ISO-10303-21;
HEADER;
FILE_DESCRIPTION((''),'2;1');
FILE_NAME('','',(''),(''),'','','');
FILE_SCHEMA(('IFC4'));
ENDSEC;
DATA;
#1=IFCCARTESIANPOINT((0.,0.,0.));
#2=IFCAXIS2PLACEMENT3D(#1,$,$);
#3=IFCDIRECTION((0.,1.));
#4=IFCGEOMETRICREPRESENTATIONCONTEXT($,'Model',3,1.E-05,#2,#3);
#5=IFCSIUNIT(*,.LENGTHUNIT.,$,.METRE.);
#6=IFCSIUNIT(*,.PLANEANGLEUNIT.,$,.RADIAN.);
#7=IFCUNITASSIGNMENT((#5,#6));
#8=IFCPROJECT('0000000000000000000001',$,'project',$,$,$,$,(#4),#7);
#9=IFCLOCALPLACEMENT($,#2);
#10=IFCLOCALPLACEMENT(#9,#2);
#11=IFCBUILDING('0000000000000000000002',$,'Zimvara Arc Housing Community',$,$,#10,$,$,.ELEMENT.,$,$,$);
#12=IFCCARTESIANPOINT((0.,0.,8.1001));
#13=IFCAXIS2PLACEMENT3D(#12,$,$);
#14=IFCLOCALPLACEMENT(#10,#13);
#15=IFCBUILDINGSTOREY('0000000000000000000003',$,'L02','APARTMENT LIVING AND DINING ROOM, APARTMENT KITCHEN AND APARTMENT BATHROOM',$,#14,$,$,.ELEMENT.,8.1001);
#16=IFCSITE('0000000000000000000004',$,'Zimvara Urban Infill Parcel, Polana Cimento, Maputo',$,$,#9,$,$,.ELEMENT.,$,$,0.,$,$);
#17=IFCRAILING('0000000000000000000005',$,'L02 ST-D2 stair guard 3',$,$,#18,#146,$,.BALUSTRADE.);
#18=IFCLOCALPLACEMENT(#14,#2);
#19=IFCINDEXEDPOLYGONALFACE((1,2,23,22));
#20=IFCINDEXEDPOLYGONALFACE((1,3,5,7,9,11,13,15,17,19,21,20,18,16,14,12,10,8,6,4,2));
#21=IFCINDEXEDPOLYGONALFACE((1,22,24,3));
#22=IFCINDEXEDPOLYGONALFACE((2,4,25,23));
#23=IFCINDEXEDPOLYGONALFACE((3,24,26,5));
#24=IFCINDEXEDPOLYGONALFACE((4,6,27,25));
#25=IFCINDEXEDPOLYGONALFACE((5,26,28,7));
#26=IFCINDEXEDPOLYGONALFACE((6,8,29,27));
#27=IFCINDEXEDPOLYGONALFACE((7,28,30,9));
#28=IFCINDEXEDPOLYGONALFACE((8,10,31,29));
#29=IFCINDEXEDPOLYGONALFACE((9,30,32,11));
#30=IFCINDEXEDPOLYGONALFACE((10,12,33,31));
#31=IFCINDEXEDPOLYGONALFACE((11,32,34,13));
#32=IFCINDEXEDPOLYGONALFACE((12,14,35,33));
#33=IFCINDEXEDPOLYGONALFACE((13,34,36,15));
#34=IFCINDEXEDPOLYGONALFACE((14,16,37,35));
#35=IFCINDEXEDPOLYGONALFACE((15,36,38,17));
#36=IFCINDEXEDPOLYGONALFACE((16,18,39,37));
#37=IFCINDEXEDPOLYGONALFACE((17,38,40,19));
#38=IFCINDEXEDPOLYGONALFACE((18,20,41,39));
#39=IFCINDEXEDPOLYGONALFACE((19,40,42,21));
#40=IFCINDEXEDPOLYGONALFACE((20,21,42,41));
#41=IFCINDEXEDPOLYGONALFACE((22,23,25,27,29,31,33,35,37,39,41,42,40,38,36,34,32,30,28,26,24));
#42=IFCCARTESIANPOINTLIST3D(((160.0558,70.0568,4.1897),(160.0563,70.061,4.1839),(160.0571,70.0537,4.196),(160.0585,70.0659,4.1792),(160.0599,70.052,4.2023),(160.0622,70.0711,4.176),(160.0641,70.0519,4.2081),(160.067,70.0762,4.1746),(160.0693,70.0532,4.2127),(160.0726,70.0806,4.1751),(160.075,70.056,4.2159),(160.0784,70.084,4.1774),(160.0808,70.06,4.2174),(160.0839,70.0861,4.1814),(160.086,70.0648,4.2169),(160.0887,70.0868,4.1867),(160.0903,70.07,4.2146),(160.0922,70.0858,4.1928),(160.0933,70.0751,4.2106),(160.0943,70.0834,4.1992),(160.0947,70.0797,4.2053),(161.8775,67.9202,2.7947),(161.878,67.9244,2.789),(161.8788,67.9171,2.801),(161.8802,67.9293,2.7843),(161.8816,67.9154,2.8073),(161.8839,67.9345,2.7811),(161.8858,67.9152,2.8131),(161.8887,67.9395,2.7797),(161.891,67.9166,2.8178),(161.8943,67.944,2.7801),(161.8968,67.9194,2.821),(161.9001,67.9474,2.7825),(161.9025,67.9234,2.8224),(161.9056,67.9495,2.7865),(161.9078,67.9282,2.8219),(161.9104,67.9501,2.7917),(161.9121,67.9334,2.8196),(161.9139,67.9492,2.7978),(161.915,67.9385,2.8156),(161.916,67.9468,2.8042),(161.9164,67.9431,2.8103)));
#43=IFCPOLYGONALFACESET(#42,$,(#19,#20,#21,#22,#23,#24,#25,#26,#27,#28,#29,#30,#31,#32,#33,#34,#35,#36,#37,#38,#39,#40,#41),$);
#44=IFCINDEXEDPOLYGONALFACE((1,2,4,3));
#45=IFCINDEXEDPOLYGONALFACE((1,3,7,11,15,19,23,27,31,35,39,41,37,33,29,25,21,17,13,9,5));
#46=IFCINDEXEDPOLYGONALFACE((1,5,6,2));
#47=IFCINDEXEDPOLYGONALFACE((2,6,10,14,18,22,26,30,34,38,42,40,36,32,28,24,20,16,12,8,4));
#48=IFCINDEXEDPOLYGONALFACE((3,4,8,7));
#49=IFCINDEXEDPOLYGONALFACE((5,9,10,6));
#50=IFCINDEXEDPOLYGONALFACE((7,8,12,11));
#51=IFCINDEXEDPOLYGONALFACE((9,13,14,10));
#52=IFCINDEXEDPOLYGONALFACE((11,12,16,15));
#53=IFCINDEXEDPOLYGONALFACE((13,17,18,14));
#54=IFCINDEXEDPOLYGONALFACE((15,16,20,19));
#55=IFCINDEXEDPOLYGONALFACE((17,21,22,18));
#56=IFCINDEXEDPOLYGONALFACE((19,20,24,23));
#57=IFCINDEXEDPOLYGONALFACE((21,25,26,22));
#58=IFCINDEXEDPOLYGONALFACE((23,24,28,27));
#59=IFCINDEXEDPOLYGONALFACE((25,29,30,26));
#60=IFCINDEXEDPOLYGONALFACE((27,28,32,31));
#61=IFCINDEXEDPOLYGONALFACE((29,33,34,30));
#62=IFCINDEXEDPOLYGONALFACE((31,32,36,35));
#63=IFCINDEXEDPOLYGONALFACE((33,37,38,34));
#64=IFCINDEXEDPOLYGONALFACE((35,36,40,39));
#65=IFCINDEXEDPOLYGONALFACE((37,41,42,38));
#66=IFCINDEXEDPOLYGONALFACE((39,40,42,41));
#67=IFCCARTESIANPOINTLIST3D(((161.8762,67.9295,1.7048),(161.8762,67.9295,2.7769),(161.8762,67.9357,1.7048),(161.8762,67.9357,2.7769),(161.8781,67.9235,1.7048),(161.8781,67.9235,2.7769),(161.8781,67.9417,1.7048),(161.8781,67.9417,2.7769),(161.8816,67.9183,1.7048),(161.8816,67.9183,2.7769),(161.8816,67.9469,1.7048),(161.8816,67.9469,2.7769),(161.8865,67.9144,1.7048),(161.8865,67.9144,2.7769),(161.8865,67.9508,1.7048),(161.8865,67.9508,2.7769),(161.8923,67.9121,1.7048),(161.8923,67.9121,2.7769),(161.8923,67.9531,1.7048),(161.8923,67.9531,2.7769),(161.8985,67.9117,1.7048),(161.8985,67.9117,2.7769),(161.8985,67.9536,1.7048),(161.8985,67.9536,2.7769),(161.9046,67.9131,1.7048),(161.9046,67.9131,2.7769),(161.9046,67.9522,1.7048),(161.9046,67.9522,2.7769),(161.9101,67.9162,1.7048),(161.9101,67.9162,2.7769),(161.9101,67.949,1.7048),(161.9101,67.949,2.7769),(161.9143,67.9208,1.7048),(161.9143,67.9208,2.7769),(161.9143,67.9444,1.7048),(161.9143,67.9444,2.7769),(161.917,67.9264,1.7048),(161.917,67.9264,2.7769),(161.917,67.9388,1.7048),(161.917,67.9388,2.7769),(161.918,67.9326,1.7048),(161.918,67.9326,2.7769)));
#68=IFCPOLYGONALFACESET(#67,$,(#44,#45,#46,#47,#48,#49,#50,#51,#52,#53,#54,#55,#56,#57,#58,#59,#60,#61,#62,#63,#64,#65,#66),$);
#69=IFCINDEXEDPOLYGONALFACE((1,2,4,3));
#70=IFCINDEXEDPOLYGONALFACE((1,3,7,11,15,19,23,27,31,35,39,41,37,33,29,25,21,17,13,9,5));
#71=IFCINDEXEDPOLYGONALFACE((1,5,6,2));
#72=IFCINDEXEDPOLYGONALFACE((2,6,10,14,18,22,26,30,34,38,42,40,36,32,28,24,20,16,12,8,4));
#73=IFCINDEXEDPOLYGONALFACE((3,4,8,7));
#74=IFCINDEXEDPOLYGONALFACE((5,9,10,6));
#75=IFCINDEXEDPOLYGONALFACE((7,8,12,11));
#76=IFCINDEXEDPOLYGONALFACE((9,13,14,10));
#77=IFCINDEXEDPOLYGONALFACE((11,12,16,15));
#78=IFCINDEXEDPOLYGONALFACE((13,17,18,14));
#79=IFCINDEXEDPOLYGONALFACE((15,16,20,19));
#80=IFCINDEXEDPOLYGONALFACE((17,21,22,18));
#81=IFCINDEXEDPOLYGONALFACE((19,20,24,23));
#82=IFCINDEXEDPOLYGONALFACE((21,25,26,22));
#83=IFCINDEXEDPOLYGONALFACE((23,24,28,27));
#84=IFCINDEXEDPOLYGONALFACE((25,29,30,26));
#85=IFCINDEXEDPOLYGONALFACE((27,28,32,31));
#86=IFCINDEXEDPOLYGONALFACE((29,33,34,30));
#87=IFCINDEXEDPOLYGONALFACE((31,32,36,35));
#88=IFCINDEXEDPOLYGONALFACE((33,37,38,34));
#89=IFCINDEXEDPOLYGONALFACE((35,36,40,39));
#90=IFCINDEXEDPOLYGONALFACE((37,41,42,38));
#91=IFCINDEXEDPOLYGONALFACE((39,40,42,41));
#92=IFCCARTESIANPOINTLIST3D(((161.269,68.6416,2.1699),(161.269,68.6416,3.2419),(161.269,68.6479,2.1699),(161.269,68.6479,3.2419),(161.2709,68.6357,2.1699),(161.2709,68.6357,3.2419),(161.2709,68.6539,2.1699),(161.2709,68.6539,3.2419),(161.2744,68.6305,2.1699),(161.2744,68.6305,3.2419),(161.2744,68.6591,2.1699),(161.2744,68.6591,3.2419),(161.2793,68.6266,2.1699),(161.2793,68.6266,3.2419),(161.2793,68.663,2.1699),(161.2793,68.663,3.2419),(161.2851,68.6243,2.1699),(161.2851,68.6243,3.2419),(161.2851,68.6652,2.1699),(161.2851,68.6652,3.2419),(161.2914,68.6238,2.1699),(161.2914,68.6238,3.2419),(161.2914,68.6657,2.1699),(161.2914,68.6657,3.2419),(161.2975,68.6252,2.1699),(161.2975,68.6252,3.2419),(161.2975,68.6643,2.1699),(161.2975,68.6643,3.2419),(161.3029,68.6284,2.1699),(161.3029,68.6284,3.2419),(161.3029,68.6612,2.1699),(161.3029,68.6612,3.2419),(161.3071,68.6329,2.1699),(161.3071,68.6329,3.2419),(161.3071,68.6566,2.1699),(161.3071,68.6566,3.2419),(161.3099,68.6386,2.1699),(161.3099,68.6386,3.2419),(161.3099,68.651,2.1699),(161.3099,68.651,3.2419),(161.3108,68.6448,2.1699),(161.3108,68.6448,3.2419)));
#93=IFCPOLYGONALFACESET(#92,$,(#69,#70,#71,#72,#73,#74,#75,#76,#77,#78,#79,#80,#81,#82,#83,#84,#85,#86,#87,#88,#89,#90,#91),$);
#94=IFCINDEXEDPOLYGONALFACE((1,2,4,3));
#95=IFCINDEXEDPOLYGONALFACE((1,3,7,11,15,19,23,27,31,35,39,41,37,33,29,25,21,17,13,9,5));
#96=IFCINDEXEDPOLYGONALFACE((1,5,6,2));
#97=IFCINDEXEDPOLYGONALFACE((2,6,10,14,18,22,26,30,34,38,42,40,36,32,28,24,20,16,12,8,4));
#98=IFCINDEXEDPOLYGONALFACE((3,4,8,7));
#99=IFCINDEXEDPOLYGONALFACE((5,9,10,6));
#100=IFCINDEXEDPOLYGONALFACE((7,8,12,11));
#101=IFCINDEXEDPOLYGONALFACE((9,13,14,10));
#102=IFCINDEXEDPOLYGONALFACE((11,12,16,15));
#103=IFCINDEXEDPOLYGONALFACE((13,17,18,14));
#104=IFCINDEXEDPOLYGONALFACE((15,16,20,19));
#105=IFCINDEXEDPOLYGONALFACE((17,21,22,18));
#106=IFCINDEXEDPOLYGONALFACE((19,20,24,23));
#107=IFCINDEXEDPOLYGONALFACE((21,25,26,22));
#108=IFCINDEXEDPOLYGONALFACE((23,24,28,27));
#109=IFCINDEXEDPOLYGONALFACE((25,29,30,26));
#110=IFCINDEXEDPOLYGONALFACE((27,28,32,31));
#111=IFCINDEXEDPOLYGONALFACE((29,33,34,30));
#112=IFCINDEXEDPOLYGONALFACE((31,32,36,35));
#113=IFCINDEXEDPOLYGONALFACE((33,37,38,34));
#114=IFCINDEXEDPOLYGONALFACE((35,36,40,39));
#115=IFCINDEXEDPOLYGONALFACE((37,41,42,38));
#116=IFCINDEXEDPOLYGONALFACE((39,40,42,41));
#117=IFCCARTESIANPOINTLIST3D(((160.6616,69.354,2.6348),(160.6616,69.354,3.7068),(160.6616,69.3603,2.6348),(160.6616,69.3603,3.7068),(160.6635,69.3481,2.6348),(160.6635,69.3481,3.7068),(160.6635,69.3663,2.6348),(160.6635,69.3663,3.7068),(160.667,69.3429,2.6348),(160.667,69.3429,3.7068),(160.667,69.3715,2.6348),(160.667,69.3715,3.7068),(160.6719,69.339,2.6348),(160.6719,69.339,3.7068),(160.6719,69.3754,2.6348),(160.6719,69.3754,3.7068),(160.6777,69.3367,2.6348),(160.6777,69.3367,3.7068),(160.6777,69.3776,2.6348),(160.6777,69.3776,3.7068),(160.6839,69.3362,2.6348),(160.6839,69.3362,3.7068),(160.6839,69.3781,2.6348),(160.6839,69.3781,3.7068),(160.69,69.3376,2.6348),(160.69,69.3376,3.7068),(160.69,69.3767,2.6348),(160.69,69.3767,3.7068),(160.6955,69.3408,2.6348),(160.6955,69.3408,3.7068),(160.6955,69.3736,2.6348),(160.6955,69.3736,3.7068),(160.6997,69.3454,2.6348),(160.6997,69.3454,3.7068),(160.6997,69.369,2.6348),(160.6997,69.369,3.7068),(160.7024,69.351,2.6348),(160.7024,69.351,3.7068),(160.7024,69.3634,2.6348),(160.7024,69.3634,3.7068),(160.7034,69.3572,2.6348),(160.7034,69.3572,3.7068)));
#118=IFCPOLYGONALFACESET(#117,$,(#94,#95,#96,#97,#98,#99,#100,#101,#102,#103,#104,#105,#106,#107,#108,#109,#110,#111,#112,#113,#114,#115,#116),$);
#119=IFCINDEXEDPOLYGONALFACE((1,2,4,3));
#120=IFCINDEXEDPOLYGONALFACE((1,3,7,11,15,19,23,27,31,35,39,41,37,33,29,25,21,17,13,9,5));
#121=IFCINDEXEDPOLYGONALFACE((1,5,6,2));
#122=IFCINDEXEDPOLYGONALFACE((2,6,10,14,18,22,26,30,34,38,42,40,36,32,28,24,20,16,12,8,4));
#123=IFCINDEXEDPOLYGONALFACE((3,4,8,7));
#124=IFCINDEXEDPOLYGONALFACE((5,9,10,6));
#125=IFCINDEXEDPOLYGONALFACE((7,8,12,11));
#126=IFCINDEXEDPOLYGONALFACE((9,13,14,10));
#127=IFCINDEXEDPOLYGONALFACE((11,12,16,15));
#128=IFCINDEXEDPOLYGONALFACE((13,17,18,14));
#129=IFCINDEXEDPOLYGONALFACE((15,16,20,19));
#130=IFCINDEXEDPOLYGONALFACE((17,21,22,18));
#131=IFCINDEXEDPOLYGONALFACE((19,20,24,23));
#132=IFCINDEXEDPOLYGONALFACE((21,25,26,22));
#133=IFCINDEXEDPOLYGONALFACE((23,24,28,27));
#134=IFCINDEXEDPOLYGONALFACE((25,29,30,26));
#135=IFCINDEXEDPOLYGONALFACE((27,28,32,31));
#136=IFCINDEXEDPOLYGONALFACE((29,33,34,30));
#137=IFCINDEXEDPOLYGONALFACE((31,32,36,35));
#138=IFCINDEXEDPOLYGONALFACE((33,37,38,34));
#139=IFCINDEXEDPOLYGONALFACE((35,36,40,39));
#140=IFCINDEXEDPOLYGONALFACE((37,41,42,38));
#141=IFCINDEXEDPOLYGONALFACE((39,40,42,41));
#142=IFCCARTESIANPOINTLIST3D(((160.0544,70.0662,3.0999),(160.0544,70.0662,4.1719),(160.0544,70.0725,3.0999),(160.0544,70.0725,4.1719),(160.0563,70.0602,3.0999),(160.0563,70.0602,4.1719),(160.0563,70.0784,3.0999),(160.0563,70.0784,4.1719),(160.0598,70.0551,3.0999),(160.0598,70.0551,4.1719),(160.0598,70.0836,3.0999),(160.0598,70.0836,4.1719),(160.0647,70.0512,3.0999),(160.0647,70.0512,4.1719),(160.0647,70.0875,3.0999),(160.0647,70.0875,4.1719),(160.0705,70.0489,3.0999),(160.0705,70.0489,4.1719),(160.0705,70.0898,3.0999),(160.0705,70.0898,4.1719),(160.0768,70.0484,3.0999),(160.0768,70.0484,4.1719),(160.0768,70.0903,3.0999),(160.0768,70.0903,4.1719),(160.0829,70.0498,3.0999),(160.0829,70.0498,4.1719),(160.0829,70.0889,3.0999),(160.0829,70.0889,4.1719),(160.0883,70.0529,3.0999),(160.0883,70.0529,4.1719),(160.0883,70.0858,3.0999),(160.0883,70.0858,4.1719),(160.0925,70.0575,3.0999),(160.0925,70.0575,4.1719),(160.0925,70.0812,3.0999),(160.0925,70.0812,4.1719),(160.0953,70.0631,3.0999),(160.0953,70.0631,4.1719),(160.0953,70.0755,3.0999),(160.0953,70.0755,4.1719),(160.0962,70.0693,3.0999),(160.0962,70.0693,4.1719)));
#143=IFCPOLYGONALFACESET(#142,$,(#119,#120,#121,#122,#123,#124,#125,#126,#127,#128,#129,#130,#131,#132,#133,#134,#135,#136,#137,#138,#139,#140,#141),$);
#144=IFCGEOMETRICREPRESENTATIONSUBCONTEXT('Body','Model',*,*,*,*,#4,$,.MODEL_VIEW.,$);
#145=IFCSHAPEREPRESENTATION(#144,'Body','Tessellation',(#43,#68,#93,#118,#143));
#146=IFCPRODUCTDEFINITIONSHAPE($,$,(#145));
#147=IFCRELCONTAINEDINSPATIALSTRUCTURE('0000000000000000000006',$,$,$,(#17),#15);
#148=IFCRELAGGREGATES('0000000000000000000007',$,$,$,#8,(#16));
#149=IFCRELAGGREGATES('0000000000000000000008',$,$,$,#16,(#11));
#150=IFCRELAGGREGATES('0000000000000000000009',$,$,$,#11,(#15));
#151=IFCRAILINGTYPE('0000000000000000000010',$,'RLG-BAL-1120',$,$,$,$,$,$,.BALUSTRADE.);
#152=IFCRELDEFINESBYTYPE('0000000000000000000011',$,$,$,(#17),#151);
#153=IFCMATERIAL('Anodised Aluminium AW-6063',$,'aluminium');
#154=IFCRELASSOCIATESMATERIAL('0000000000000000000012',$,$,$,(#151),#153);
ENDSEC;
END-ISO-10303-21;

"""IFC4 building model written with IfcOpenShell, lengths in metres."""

from ifc_helpers import new_model, si_unit, direction, frame, origin, origin_2d, place, context, subcontext, project, spatial, circle, extrude, material, type_object, element, save


model = new_model("IFC4")

# Units and contexts
model_context = context("Model", 3, precision=1e-05, world=origin(), true_north=direction((0.0, 1.0)))
body_context = subcontext(model_context, "Body", "Model", "MODEL_VIEW")
ifc_project = project(units=[si_unit("LENGTHUNIT", "METRE"), si_unit("PLANEANGLEUNIT", "RADIAN")], contexts=[model_context])

# Site, building, storey
site_placement = place(None, origin())
site = spatial("IfcSite", under=ifc_project, at=site_placement, Name="Zimvara Urban Infill Parcel, Polana Cimento, Maputo", CompositionType="ELEMENT", RefElevation=0.0)
building_placement = place(site_placement, origin())
building = spatial("IfcBuilding", under=site, at=building_placement, Name="Zimvara Arc Housing Community", CompositionType="ELEMENT")
storey_placement = place(building_placement, frame((0.0, 0.0, 8.1001)))
storey = spatial("IfcBuildingStorey", under=building, at=storey_placement, Name="L02", Description="APARTMENT LIVING AND DINING ROOM, APARTMENT KITCHEN AND APARTMENT BATHROOM", CompositionType="ELEMENT", Elevation=8.1001)

# Railing
ifc_material_1 = material(Name="Anodised Aluminium AW-6063", Category="aluminium")
railing_type_1 = type_object("IfcRailingType", Name="RLG-BAL-1120", PredefinedType="BALUSTRADE", material=ifc_material_1)
railing_1_placement = place(storey_placement, frame((161.897, 67.9326, 1.7048)))
element("IfcRailing", 1, at=railing_1_placement, inside=storey, type_object=railing_type_1, Name="L02 ST-D2 stair guard 3", PredefinedType="BALUSTRADE", context=body_context, shape_type="SweptSolid", body=[
    extrude(circle(Radius=0.0239, at=origin_2d()), frame((0.0, 0.0, 1.0962), z_axis=(-0.581041, 0.681489, 0.44493), x_axis=(-0.76096, -0.648799, 0.0)), (0.0, 0.0, 1.0), 3.1353),
    extrude(circle(Radius=0.021, at=origin_2d()), origin(), (0.0, 0.0, 1.0), 1.072),
    extrude(circle(Radius=0.021, at=origin_2d()), frame((-0.6072, 0.7122, 0.4651)), (0.0, 0.0, 1.0), 1.072),
    extrude(circle(Radius=0.021, at=origin_2d()), frame((-1.2146, 1.4246, 0.9299)), (0.0, 0.0, 1.0), 1.072),
    extrude(circle(Radius=0.021, at=origin_2d()), frame((-1.8218, 2.1367, 1.395)), (0.0, 0.0, 1.0), 1.072),
])

save(model, "model.ifc")
